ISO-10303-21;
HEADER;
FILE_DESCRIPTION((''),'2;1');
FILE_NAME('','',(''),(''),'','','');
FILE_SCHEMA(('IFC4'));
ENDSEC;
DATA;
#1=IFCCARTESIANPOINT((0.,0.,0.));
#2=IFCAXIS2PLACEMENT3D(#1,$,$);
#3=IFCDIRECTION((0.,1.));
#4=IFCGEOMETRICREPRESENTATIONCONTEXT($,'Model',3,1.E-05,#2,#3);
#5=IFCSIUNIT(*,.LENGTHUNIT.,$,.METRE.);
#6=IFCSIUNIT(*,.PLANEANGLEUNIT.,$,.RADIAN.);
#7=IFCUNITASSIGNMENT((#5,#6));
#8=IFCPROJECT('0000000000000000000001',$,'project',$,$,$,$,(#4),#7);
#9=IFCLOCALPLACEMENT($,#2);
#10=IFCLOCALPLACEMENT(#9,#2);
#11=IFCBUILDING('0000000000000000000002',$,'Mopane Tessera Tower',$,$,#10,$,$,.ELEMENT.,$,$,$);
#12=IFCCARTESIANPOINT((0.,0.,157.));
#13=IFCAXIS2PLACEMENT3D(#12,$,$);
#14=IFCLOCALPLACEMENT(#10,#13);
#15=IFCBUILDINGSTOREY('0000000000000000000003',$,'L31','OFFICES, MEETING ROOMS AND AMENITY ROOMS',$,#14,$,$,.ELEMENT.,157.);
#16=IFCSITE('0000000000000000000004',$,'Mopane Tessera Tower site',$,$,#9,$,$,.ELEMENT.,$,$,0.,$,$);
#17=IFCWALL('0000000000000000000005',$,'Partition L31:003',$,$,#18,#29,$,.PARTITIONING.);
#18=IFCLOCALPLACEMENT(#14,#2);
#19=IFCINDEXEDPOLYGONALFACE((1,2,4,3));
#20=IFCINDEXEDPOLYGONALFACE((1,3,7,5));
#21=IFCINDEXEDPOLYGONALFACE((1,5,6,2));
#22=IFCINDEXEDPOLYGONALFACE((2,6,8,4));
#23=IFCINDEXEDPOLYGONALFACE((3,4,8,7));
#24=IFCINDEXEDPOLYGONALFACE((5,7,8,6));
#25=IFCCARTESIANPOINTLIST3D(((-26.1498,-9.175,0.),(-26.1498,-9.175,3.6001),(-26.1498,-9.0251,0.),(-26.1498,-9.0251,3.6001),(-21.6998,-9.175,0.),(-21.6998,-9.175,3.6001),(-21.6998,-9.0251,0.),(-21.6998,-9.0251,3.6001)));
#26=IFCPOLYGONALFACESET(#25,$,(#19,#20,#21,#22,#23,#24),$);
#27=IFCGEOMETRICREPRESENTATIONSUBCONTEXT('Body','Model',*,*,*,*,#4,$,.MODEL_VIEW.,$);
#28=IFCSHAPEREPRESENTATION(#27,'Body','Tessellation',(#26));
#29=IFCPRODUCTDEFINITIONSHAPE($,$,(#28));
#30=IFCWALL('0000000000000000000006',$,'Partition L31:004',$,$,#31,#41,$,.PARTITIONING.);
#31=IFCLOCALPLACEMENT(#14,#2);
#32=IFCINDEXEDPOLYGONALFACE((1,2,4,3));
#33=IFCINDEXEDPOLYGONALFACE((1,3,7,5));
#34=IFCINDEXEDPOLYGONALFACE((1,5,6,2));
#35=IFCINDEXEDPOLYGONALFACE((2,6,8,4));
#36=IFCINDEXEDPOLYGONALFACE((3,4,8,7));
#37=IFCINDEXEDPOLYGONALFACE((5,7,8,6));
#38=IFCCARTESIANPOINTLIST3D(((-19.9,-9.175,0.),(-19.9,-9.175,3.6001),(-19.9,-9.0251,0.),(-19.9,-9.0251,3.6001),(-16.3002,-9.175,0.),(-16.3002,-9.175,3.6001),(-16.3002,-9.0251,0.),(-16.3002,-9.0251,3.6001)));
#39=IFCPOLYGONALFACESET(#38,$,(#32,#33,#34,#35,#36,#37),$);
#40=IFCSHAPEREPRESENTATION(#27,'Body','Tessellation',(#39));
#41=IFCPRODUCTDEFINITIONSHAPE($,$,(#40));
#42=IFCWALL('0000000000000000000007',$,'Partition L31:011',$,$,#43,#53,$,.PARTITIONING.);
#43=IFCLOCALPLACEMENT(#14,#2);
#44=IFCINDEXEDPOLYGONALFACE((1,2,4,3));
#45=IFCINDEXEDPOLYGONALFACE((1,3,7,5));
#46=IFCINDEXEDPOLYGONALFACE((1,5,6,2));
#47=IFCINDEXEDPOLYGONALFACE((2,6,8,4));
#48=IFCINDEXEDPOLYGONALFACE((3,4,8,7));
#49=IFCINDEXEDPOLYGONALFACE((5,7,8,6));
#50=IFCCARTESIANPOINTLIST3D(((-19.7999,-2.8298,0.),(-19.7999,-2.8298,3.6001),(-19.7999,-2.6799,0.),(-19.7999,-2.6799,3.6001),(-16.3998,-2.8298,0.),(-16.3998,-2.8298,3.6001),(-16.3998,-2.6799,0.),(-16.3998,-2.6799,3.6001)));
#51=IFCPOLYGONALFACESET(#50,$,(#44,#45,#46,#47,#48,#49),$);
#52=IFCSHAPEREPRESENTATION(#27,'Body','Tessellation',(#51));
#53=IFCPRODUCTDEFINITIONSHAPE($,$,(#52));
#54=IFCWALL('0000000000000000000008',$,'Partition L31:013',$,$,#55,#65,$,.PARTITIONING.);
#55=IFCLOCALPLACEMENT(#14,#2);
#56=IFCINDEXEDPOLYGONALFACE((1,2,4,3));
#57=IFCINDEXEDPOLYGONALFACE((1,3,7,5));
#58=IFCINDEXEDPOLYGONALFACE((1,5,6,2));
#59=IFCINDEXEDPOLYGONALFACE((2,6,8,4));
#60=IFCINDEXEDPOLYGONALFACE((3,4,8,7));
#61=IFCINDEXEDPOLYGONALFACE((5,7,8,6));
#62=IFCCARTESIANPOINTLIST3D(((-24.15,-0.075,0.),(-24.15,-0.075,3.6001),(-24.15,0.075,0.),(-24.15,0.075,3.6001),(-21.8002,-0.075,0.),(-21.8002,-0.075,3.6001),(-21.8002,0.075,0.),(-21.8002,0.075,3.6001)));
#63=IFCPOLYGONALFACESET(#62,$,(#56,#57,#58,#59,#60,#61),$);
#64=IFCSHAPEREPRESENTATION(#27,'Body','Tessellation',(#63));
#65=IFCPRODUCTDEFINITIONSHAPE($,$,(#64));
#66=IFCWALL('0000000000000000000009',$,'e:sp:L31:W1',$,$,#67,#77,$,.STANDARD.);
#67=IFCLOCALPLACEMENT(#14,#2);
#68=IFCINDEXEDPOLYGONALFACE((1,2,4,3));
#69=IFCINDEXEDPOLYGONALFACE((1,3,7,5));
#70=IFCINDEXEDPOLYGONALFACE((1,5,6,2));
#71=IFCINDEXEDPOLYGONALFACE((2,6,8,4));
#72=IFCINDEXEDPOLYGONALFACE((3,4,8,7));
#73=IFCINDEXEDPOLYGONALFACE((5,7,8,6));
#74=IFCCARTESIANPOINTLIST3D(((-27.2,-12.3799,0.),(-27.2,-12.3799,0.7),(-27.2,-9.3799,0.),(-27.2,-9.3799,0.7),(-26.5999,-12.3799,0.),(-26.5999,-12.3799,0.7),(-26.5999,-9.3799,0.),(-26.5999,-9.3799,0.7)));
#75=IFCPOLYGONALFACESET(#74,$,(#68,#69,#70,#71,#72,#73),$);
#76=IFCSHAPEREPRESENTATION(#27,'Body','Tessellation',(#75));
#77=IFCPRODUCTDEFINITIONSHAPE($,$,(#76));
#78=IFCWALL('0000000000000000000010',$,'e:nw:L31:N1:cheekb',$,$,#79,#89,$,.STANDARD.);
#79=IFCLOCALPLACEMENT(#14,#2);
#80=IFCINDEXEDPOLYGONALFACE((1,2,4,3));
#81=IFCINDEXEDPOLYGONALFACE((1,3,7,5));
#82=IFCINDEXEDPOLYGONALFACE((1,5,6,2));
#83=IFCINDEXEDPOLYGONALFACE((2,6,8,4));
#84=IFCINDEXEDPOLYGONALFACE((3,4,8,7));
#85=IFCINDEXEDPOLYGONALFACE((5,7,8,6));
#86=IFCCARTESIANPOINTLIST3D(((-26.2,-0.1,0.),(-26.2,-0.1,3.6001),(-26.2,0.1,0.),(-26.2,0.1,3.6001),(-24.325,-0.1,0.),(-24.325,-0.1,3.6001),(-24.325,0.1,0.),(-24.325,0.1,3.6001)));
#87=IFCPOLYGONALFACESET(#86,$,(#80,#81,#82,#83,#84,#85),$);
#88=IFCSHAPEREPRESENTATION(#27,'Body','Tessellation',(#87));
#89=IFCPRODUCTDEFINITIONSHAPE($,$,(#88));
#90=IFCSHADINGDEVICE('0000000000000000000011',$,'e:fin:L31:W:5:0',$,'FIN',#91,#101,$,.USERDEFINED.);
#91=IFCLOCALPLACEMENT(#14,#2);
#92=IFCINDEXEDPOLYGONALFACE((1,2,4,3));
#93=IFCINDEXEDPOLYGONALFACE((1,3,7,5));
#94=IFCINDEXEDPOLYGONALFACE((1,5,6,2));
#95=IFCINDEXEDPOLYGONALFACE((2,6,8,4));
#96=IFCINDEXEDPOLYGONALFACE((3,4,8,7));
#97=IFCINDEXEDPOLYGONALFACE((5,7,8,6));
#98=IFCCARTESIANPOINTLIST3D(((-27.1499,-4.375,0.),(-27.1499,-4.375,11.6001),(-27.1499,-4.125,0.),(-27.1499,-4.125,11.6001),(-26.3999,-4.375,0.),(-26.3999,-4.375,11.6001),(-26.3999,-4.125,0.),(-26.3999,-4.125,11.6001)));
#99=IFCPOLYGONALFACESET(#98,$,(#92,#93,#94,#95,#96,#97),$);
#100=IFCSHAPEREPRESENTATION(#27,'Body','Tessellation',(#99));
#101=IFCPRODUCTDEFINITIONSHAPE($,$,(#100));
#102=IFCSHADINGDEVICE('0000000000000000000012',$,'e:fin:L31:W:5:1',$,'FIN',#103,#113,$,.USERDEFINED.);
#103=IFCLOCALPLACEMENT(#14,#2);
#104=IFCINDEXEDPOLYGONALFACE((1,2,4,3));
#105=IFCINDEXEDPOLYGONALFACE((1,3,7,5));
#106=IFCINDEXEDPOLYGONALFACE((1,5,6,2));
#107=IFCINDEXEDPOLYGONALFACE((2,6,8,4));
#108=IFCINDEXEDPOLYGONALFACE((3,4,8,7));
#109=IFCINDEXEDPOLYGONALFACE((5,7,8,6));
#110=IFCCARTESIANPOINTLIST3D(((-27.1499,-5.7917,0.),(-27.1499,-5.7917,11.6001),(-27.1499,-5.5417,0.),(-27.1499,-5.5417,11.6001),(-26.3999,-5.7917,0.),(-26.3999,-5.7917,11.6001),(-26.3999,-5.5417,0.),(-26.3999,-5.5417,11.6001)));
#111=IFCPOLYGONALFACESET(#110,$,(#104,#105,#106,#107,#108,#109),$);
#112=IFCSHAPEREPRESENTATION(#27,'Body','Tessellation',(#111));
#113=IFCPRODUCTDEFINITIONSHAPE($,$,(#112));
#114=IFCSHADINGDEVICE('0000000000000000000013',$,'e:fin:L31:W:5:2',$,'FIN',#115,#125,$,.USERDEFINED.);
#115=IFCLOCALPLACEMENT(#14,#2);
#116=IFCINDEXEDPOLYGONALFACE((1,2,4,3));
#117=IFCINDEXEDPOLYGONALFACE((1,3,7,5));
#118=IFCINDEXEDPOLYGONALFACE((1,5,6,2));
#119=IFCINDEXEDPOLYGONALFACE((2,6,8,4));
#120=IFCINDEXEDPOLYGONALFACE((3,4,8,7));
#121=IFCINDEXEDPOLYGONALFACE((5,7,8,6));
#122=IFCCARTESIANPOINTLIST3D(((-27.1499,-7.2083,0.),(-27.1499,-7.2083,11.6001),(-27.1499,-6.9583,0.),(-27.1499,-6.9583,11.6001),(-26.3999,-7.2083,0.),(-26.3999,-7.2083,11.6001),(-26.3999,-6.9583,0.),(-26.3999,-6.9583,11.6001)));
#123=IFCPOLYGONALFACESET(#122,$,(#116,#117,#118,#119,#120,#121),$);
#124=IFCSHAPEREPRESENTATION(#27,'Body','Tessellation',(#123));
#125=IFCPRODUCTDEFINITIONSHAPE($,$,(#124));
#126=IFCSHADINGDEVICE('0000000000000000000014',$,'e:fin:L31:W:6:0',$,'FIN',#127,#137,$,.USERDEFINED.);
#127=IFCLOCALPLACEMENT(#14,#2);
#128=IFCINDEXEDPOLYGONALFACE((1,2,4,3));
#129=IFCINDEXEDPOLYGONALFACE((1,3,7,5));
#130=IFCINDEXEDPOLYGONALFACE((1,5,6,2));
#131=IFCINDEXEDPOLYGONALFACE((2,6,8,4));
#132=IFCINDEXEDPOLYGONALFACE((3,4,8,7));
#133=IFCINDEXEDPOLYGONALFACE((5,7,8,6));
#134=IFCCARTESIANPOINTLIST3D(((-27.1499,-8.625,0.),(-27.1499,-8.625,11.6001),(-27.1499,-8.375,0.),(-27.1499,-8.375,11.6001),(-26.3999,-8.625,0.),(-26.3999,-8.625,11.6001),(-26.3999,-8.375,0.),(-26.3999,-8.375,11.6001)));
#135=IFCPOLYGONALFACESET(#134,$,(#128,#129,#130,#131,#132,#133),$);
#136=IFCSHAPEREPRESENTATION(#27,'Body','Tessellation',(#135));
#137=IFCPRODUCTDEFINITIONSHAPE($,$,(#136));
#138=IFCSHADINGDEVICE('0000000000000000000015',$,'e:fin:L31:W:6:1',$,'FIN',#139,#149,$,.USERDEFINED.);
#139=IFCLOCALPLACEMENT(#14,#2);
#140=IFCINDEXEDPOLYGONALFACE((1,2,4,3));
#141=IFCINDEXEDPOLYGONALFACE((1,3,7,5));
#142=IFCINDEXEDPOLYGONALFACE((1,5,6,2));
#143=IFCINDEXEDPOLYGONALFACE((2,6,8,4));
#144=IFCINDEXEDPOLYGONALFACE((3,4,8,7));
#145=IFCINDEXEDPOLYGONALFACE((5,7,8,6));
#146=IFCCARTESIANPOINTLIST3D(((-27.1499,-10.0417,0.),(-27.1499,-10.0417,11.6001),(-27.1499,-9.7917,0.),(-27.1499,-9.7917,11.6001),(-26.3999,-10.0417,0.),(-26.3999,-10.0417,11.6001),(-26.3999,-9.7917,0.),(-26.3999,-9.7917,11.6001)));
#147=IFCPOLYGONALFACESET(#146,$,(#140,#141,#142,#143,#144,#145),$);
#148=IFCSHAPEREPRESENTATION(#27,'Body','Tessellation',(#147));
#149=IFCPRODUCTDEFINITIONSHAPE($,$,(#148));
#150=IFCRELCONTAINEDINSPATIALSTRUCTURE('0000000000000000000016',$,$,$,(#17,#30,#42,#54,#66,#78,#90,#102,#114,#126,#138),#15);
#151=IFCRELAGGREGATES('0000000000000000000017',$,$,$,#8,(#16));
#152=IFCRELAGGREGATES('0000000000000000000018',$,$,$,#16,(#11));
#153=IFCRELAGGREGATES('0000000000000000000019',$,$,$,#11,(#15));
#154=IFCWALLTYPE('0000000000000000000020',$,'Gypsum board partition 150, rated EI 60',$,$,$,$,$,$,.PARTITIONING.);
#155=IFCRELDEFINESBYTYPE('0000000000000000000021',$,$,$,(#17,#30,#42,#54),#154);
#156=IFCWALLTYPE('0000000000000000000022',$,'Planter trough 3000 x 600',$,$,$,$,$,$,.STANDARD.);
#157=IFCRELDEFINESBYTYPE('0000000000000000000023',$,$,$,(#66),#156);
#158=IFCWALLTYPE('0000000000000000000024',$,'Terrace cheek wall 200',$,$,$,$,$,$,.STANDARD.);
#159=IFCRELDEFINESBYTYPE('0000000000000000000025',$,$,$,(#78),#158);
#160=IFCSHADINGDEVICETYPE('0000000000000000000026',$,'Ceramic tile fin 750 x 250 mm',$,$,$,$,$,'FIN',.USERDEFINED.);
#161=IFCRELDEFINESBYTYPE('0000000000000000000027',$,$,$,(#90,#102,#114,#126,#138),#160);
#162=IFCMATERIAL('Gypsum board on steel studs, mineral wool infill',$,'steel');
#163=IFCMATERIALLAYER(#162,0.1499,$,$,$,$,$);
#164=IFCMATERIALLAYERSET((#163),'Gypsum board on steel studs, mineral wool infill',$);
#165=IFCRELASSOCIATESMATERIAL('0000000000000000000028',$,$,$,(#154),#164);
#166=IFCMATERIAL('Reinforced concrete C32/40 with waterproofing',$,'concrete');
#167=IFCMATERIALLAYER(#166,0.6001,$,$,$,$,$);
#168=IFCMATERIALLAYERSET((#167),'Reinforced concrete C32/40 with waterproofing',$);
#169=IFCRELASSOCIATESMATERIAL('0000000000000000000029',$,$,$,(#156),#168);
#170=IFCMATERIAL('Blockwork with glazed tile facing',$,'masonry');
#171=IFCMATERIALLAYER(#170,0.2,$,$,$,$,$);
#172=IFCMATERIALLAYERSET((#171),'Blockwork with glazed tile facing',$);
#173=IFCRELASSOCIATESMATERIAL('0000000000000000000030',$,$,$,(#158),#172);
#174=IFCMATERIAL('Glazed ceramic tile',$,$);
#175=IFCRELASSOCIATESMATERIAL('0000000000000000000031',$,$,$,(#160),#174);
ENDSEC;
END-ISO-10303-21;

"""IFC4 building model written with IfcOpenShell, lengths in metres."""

from ifc_helpers import new_model, si_unit, direction, frame, frame_2d, origin, origin_2d, place, context, subcontext, project, spatial, rectangle, extrude, material, layer, layer_set, type_object, element, save


model = new_model("IFC4")

# Units and contexts
model_context = context("Model", 3, precision=1e-05, world=origin(), true_north=direction((0.0, 1.0)))
body_context = subcontext(model_context, "Body", "Model", "MODEL_VIEW")
ifc_project = project(units=[si_unit("LENGTHUNIT", "METRE"), si_unit("PLANEANGLEUNIT", "RADIAN")], contexts=[model_context])

# Site, building, storey
site_placement = place(None, origin())
site = spatial("IfcSite", under=ifc_project, at=site_placement, Name="Mopane Tessera Tower site", CompositionType="ELEMENT", RefElevation=0.0)
building_placement = place(site_placement, origin())
building = spatial("IfcBuilding", under=site, at=building_placement, Name="Mopane Tessera Tower", CompositionType="ELEMENT")
storey_placement = place(building_placement, frame((0.0, 0.0, 157.0)))
storey = spatial("IfcBuildingStorey", under=building, at=storey_placement, Name="L31", Description="OFFICES, MEETING ROOMS AND AMENITY ROOMS", CompositionType="ELEMENT", Elevation=157.0)

# Walls
ifc_material_1 = material(Name="Gypsum board on steel studs, mineral wool infill", Category="steel")
ifc_layer_1 = layer(ifc_material_1, 0.1499)
ifc_layer_set_1 = layer_set([ifc_layer_1], Name="Gypsum board on steel studs, mineral wool infill")
wall_type_1 = type_object("IfcWallType", Name="Gypsum board partition 150, rated EI 60", PredefinedType="PARTITIONING", material=ifc_layer_set_1)
wall_1_placement = place(storey_placement, frame((-26.1499, -9.1001, 0.0), z_axis=(0.0, 0.0, 1.0), x_axis=(1.0, 0.0, 0.0)))
element("IfcWall", 1, at=wall_1_placement, inside=storey, type_object=wall_type_1, Name="Partition L31:003", PredefinedType="PARTITIONING", context=body_context, shape_type="SweptSolid", body=[
    extrude(rectangle(XDim=4.45, YDim=0.1499, at=frame_2d((2.2251, 0.0))), origin(), (0.0, 0.0, 1.0), 3.6001),
])
wall_2_placement = place(storey_placement, frame((-19.8999, -9.1001, 0.0), z_axis=(0.0, 0.0, 1.0), x_axis=(1.0, 0.0, 0.0)))
element("IfcWall", 2, at=wall_2_placement, inside=storey, type_object=wall_type_1, Name="Partition L31:004", PredefinedType="PARTITIONING", context=body_context, shape_type="SweptSolid", body=[
    extrude(rectangle(XDim=3.5999, YDim=0.1499, at=frame_2d((1.7998, 0.0))), origin(), (0.0, 0.0, 1.0), 3.6001),
])
wall_3_placement = place(storey_placement, frame((-19.8, -2.7549, 0.0), z_axis=(0.0, 0.0, 1.0), x_axis=(1.0, 0.0, 0.0)))
element("IfcWall", 3, at=wall_3_placement, inside=storey, type_object=wall_type_1, Name="Partition L31:011", PredefinedType="PARTITIONING", context=body_context, shape_type="SweptSolid", body=[
    extrude(rectangle(XDim=3.4001, YDim=0.1499, at=frame_2d((1.7002, 0.0))), origin(), (0.0, 0.0, 1.0), 3.6001),
])
wall_4_placement = place(storey_placement, frame((-24.1499, 0.0, 0.0), z_axis=(0.0, 0.0, 1.0), x_axis=(1.0, 0.0, 0.0)))
element("IfcWall", 4, at=wall_4_placement, inside=storey, type_object=wall_type_1, Name="Partition L31:013", PredefinedType="PARTITIONING", context=body_context, shape_type="SweptSolid", body=[
    extrude(rectangle(XDim=2.3499, YDim=0.1499, at=frame_2d((1.1748, 0.0))), origin(), (0.0, 0.0, 1.0), 3.6001),
])
ifc_material_2 = material(Name="Reinforced concrete C32/40 with waterproofing", Category="concrete")
ifc_layer_2 = layer(ifc_material_2, 0.6001)
ifc_layer_set_2 = layer_set([ifc_layer_2], Name="Reinforced concrete C32/40 with waterproofing")
wall_type_2 = type_object("IfcWallType", Name="Planter trough 3000 x 600", PredefinedType="STANDARD", material=ifc_layer_set_2)
wall_5_placement = place(storey_placement, frame((-26.8999, -9.3799, 0.0), z_axis=(0.0, 0.0, 1.0), x_axis=(0.0, -1.0, 0.0)))
element("IfcWall", 5, at=wall_5_placement, inside=storey, type_object=wall_type_2, Name="e:sp:L31:W1", PredefinedType="STANDARD", context=body_context, shape_type="SweptSolid", body=[
    extrude(rectangle(XDim=3.0, YDim=0.6001, at=frame_2d((1.5, 0.0))), origin(), (0.0, 0.0, 1.0), 0.7),
])
ifc_material_3 = material(Name="Blockwork with glazed tile facing", Category="masonry")
ifc_layer_3 = layer(ifc_material_3, 0.2)
ifc_layer_set_3 = layer_set([ifc_layer_3], Name="Blockwork with glazed tile facing")
wall_type_3 = type_object("IfcWallType", Name="Terrace cheek wall 200", PredefinedType="STANDARD", material=ifc_layer_set_3)
wall_6_placement = place(storey_placement, frame((-26.2, 0.0, 0.0), z_axis=(0.0, 0.0, 1.0), x_axis=(1.0, 0.0, 0.0)))
element("IfcWall", 6, at=wall_6_placement, inside=storey, type_object=wall_type_3, Name="e:nw:L31:N1:cheekb", PredefinedType="STANDARD", context=body_context, shape_type="SweptSolid", body=[
    extrude(rectangle(XDim=1.875, YDim=0.2, at=frame_2d((0.9375, 0.0))), origin(), (0.0, 0.0, 1.0), 3.6001),
])

# Shading devices
ifc_material_4 = material(Name="Glazed ceramic tile")
shading_device_type = type_object("IfcShadingDeviceType", Name="Ceramic tile fin 750 x 250 mm", ElementType="FIN", PredefinedType="USERDEFINED", material=ifc_material_4)
for number, where, z_axis, x_axis, name in (
    (7, (-26.7749, -4.25, 0.0), (0.0, 0.0, 1.0), (0.0, -1.0, 0.0), "e:fin:L31:W:5:0"),
    (8, (-26.7749, -5.6667, 0.0), (0.0, 0.0, 1.0), (0.0, -1.0, 0.0), "e:fin:L31:W:5:1"),
    (9, (-26.7749, -7.0833, 0.0), (0.0, 0.0, 1.0), (0.0, -1.0, 0.0), "e:fin:L31:W:5:2"),
    (10, (-26.7749, -8.5, 0.0), (0.0, 0.0, 1.0), (0.0, -1.0, 0.0), "e:fin:L31:W:6:0"),
    (11, (-26.7749, -9.9167, 0.0), (0.0, 0.0, 1.0), (0.0, -1.0, 0.0), "e:fin:L31:W:6:1"),
):
    element("IfcShadingDevice", number, at=place(storey_placement, frame(where, z_axis=z_axis, x_axis=x_axis)), inside=storey, type_object=shading_device_type, Name=name, ObjectType="FIN", PredefinedType="USERDEFINED", context=body_context, shape_type="SweptSolid", body=[
        extrude(rectangle(XDim=0.25, YDim=0.75, at=origin_2d()), origin(), (0.0, 0.0, 1.0), 11.6001),
    ])

save(model, "model.ifc")
